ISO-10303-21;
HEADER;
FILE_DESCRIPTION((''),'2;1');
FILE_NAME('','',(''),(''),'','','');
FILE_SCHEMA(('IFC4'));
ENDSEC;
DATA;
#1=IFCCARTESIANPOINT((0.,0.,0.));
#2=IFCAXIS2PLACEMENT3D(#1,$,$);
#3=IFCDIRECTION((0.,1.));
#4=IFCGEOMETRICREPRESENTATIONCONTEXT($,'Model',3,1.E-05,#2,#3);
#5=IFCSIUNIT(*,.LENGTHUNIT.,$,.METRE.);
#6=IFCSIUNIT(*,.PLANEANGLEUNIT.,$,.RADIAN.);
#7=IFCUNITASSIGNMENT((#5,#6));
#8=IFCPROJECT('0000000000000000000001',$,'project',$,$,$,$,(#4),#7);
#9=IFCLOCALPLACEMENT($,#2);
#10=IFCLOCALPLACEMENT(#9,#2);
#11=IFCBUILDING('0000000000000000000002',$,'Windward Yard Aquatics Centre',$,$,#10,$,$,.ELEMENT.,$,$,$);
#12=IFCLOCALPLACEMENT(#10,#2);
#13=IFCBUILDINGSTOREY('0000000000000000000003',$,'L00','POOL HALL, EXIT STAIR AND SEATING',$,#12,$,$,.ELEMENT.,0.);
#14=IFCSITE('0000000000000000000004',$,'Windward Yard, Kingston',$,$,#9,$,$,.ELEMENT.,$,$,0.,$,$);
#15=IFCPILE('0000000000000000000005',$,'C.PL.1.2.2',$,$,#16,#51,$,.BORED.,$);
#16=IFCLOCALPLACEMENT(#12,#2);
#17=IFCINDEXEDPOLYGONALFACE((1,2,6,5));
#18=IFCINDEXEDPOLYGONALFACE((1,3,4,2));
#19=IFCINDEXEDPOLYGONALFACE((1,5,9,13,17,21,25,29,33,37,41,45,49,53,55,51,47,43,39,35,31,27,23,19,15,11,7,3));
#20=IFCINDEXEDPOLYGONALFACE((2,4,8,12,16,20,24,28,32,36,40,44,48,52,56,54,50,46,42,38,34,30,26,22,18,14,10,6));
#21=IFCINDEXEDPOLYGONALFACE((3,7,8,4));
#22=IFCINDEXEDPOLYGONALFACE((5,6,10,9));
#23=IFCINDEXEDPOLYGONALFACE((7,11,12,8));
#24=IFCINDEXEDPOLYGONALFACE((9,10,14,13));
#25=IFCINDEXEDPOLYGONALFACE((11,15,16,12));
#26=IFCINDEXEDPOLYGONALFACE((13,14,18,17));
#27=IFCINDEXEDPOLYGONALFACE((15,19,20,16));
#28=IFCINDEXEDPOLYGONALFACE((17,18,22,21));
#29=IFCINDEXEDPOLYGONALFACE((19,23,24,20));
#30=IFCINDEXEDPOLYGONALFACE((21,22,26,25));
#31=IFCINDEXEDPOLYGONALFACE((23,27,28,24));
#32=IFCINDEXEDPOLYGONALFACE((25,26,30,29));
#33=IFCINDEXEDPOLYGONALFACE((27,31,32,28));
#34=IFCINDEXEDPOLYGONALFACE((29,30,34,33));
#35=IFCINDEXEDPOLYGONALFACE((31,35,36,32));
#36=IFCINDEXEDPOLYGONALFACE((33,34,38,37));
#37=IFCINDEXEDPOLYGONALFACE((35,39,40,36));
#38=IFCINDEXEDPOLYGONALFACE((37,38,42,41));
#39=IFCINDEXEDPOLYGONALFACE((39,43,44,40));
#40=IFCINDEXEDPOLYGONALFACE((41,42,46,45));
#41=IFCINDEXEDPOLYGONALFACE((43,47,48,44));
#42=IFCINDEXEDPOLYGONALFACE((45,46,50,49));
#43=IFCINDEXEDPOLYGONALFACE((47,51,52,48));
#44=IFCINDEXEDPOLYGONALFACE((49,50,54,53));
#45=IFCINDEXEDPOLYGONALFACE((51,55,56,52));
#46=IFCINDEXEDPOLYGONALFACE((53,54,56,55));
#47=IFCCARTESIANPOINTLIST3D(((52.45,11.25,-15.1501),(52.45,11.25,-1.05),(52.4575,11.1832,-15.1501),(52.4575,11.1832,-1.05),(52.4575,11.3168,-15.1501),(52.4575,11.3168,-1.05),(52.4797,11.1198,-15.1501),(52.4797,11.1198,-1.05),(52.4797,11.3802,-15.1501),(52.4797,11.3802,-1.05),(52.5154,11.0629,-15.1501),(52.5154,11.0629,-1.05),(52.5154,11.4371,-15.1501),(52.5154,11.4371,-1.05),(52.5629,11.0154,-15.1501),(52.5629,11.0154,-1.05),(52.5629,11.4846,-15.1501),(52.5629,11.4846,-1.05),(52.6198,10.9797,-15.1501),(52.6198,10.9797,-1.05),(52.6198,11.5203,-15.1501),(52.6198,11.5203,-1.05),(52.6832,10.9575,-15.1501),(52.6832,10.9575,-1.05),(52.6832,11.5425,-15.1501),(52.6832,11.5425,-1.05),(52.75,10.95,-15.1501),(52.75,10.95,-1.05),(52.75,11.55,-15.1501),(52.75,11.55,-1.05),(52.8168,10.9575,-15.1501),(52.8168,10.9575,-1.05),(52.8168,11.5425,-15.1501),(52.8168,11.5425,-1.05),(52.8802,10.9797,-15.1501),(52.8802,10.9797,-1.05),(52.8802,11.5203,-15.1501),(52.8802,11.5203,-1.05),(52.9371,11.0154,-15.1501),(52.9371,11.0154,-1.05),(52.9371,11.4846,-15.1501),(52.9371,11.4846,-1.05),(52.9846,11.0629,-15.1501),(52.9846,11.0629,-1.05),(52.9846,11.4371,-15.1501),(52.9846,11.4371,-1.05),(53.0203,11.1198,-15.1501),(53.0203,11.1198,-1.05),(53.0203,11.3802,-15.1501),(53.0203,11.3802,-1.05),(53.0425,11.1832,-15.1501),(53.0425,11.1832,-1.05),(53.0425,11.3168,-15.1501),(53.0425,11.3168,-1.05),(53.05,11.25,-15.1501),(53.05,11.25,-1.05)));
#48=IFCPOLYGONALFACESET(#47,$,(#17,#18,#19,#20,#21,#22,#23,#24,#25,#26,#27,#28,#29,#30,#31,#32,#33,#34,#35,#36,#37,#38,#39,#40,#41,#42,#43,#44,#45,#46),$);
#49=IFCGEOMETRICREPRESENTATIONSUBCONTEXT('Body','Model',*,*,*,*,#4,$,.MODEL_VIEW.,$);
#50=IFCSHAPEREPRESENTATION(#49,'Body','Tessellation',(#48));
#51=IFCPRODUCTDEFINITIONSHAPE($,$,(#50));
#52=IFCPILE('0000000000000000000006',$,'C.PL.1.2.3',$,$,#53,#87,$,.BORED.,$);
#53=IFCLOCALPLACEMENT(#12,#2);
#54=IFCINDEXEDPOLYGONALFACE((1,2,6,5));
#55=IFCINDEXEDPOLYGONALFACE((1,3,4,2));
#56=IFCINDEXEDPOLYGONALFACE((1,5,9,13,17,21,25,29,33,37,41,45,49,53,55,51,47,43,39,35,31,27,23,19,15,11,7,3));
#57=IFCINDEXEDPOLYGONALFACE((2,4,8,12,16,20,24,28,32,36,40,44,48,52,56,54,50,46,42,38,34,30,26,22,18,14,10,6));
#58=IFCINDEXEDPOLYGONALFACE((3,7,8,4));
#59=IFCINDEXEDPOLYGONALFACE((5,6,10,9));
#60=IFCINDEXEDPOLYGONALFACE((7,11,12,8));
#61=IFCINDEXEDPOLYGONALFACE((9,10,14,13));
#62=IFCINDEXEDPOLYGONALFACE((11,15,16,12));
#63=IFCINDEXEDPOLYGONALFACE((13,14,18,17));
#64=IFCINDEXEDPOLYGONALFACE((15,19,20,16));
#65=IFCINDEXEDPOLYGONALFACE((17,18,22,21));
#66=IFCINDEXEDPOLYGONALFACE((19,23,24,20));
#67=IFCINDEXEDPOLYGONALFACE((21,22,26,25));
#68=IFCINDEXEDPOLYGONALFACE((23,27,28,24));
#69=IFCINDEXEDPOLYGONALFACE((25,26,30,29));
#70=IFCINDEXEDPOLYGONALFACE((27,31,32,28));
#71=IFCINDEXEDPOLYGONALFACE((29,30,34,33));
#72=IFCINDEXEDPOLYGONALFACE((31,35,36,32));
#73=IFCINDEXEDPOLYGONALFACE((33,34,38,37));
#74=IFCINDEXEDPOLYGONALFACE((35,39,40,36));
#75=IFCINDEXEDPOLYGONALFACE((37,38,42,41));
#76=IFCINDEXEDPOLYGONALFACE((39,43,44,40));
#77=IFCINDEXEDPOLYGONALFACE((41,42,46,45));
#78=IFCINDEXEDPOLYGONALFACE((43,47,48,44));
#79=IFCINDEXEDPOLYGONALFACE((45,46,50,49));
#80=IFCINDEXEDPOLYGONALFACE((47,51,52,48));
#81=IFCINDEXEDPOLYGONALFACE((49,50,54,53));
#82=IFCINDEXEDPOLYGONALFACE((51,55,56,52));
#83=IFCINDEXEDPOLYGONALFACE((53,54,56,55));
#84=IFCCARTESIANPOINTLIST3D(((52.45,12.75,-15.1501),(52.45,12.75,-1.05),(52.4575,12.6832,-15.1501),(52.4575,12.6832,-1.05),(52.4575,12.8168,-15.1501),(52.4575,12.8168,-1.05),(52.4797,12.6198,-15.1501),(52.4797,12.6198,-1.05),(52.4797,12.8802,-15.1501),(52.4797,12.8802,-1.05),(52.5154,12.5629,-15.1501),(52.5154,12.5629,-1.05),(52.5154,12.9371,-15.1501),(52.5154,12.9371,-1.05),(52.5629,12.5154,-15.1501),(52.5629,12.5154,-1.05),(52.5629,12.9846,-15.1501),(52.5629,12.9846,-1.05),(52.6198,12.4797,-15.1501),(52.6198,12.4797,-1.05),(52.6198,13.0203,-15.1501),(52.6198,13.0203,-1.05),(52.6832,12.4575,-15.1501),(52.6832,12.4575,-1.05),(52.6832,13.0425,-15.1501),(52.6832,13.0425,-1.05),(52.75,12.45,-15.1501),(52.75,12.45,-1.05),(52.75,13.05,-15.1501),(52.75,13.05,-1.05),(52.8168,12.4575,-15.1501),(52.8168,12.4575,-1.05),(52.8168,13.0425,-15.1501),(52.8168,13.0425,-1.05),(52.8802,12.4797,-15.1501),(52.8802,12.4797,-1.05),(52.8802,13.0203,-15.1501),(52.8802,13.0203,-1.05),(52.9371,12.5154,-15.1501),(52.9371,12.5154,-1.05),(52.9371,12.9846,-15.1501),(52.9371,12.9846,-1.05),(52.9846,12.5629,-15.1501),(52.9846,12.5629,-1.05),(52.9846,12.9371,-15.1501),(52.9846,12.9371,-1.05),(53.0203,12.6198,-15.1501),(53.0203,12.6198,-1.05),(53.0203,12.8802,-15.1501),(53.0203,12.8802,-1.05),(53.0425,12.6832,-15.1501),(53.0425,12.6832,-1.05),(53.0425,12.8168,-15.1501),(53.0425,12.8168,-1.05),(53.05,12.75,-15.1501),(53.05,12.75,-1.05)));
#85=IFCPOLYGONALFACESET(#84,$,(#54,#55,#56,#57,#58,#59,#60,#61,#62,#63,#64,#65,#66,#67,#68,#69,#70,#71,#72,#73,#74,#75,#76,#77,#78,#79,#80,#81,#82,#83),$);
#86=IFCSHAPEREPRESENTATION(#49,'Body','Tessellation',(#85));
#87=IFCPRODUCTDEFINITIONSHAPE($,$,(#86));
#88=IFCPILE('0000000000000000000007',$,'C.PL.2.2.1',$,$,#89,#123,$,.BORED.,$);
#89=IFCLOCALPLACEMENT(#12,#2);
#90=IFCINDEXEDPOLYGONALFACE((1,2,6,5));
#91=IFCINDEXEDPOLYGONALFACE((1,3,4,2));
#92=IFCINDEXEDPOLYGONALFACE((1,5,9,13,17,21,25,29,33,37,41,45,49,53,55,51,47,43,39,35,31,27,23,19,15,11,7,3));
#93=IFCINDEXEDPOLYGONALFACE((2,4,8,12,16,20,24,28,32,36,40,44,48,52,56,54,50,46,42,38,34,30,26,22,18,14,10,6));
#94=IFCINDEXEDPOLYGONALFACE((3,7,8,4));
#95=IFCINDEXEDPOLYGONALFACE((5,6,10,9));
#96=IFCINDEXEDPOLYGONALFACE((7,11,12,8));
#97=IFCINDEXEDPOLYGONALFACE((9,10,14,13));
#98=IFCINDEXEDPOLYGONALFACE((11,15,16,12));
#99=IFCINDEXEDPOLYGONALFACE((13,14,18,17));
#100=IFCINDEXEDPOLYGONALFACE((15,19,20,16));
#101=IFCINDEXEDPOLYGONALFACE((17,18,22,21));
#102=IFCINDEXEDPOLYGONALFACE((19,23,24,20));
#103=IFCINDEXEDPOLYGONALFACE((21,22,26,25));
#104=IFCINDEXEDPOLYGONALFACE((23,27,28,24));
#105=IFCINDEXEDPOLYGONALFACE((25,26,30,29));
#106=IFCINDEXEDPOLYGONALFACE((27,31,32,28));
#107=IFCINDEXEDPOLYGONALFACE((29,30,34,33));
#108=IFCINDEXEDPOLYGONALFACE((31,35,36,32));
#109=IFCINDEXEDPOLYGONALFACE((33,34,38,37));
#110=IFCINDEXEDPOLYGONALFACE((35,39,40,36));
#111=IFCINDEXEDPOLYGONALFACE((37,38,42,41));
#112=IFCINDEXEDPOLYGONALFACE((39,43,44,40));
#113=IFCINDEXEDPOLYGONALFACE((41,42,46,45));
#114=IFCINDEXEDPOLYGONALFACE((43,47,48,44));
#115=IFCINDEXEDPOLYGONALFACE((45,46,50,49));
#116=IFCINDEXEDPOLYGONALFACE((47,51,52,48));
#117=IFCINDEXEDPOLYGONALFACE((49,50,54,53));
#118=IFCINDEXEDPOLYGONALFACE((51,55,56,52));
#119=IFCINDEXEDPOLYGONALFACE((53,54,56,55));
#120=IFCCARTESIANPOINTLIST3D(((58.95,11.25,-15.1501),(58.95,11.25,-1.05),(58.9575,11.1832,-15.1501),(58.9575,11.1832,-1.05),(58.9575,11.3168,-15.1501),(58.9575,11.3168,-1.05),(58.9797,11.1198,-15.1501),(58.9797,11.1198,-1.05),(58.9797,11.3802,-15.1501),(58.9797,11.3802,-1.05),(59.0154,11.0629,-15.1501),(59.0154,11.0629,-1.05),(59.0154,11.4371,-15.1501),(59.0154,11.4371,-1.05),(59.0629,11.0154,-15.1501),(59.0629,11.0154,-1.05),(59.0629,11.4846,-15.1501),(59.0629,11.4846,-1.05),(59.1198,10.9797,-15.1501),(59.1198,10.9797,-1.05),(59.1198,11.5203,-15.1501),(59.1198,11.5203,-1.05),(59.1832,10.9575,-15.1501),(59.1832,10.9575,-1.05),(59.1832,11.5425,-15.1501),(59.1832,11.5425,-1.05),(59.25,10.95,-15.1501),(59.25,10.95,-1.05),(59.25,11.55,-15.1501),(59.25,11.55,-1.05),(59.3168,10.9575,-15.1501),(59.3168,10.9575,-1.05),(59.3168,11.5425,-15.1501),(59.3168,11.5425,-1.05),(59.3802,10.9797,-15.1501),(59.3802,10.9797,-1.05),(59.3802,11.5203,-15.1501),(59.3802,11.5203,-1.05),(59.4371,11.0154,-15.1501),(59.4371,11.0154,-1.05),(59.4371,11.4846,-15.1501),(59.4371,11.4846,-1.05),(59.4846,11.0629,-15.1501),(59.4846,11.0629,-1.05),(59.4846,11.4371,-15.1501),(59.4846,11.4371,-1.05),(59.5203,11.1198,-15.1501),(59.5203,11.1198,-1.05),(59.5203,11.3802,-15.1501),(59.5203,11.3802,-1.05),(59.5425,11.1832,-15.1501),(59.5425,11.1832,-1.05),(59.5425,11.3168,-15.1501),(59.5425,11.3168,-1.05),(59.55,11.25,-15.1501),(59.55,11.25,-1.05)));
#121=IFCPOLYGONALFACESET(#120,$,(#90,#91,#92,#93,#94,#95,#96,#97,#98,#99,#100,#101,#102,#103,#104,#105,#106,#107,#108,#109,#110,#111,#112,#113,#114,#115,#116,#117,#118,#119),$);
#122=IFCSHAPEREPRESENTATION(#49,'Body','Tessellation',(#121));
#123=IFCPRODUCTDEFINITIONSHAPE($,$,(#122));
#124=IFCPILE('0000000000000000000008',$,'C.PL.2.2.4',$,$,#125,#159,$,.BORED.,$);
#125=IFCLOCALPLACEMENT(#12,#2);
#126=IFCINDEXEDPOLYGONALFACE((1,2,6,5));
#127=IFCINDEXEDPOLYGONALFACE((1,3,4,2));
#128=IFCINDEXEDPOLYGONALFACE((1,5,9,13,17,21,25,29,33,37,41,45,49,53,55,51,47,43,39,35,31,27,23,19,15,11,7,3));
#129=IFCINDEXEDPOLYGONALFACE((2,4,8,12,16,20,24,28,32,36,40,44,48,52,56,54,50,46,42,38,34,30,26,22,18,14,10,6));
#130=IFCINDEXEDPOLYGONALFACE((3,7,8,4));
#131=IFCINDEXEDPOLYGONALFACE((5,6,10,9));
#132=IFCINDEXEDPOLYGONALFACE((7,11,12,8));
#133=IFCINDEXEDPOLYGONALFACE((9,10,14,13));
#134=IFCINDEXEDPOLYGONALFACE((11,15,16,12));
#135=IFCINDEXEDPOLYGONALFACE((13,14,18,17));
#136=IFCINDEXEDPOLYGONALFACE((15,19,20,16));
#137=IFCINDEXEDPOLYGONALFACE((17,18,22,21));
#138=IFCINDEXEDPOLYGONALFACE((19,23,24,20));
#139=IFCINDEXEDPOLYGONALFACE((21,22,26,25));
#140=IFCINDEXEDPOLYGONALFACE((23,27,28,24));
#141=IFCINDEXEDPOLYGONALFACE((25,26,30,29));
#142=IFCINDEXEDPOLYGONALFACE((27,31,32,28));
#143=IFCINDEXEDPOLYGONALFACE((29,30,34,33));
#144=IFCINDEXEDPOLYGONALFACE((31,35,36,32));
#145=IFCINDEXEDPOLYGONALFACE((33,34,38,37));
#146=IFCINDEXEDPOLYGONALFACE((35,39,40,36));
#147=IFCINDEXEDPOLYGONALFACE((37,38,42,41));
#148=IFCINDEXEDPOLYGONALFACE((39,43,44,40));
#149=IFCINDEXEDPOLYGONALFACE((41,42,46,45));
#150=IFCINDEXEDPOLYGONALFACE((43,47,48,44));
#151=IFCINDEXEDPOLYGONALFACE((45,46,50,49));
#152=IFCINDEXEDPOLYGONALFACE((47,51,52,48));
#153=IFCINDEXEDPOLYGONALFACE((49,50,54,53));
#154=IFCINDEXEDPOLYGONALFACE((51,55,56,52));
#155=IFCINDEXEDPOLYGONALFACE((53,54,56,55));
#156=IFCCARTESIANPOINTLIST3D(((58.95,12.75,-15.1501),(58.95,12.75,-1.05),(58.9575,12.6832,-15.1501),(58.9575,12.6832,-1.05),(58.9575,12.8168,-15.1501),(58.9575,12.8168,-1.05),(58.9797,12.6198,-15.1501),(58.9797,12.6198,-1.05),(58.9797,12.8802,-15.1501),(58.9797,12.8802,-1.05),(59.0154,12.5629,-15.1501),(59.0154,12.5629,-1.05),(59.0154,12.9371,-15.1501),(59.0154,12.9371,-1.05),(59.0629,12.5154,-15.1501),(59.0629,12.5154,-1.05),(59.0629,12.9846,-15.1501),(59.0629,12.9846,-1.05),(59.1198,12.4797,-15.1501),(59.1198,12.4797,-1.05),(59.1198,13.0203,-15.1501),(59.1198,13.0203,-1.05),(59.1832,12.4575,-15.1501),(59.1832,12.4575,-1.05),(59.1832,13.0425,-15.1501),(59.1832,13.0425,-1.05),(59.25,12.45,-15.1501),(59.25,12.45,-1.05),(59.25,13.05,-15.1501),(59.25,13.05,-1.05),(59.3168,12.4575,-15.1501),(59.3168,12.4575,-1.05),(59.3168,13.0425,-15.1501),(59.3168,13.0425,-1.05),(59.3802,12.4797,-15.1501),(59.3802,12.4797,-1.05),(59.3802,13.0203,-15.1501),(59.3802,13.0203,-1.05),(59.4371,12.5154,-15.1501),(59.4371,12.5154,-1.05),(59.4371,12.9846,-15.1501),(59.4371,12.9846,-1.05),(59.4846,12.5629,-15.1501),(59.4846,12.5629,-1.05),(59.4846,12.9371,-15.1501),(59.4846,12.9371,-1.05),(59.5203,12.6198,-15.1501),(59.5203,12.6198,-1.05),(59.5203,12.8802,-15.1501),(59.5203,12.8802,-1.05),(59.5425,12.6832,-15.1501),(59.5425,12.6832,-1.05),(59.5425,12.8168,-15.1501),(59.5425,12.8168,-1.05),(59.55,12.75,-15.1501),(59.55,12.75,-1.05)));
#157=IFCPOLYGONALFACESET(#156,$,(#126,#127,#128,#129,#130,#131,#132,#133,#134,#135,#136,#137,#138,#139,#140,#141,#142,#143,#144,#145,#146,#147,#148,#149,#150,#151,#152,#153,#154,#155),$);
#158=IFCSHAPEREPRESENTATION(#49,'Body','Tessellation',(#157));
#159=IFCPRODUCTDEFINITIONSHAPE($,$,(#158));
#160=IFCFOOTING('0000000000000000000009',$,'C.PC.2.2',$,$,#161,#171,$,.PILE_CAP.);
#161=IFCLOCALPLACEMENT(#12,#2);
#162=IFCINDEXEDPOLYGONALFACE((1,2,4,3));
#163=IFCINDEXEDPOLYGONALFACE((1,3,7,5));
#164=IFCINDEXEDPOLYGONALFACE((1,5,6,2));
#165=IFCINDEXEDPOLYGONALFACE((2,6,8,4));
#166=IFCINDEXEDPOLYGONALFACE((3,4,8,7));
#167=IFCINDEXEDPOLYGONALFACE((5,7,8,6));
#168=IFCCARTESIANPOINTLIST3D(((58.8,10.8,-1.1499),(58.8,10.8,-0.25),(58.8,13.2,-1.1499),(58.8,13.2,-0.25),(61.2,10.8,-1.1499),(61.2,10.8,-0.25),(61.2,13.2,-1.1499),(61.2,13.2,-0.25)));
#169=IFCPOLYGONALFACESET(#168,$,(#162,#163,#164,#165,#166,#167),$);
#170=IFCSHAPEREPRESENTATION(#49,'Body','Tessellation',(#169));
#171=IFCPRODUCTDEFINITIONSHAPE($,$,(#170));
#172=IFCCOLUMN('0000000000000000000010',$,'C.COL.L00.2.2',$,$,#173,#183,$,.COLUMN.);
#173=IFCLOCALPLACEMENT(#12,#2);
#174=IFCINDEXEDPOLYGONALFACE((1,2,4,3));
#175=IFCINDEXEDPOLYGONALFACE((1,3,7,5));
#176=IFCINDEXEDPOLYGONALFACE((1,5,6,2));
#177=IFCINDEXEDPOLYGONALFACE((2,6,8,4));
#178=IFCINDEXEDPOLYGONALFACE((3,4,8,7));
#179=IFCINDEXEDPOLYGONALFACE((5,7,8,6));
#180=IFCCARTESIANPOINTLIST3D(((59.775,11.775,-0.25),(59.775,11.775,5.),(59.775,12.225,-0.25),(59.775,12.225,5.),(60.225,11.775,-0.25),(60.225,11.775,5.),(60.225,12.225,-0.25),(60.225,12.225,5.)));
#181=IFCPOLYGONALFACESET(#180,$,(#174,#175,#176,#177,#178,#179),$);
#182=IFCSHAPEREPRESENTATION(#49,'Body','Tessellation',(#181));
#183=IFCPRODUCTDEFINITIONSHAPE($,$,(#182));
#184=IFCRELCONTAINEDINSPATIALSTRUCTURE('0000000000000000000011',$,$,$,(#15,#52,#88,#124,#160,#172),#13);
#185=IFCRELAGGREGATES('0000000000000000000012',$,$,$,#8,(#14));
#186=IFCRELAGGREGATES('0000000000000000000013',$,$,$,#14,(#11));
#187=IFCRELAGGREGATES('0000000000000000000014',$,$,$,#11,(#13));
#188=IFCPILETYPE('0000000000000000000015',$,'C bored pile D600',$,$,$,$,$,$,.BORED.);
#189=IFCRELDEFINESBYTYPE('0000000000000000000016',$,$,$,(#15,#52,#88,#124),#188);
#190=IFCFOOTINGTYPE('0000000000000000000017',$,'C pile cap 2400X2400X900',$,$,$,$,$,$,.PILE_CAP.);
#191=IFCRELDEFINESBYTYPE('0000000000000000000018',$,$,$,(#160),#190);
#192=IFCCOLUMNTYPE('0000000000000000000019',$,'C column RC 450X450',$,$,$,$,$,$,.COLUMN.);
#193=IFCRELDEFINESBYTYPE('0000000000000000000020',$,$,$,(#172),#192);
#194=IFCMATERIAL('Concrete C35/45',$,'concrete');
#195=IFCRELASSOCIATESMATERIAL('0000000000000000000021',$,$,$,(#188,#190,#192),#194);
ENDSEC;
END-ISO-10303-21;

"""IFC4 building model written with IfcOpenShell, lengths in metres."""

from ifc_helpers import new_model, si_unit, direction, frame, origin, origin_2d, place, context, subcontext, project, spatial, rectangle, circle, extrude, material, material_profile, profile_set, type_object, element, save


model = new_model("IFC4")

# Units and contexts
model_context = context("Model", 3, precision=1e-05, world=origin(), true_north=direction((0.0, 1.0)))
body_context = subcontext(model_context, "Body", "Model", "MODEL_VIEW")
ifc_project = project(units=[si_unit("LENGTHUNIT", "METRE"), si_unit("PLANEANGLEUNIT", "RADIAN")], contexts=[model_context])

# Site, building, storey
site_placement = place(None, origin())
site = spatial("IfcSite", under=ifc_project, at=site_placement, Name="Windward Yard, Kingston", CompositionType="ELEMENT", RefElevation=0.0)
building_placement = place(site_placement, origin())
building = spatial("IfcBuilding", under=site, at=building_placement, Name="Windward Yard Aquatics Centre", CompositionType="ELEMENT")
storey_placement = place(building_placement, origin())
storey = spatial("IfcBuildingStorey", under=building, at=storey_placement, Name="L00", Description="POOL HALL, EXIT STAIR AND SEATING", CompositionType="ELEMENT", Elevation=0.0)

# Piles
ifc_material_1 = material(Name="Concrete C35/45", Category="concrete")
ifc_material_profile_1 = material_profile(ifc_material_1, circle(Radius=0.3, at=origin_2d()), Name="RC D600")
ifc_profile_set_1 = profile_set([ifc_material_profile_1], Name="Concrete C35/45")
pile_type = type_object("IfcPileType", Name="C bored pile D600", PredefinedType="BORED", material=ifc_profile_set_1)
for number, where, z_axis, x_axis, name in (
    (1, (52.75, 11.25, -1.05), (0.0, 0.0, -1.0), (1.0, 0.0, 0.0), "C.PL.1.2.2"),
    (2, (52.75, 12.75, -1.05), (0.0, 0.0, -1.0), (1.0, 0.0, 0.0), "C.PL.1.2.3"),
    (3, (59.25, 11.25, -1.05), (0.0, 0.0, -1.0), (1.0, 0.0, 0.0), "C.PL.2.2.1"),
    (4, (59.25, 12.75, -1.05), (0.0, 0.0, -1.0), (1.0, 0.0, 0.0), "C.PL.2.2.4"),
):
    element("IfcPile", number, at=place(storey_placement, frame(where, z_axis=z_axis, x_axis=x_axis)), inside=storey, type_object=pile_type, Name=name, PredefinedType="BORED", context=body_context, shape_type="SweptSolid", body=[
        extrude(circle(Radius=0.3, at=origin_2d()), origin(), (0.0, 0.0, 1.0), 14.1001),
    ])

# Footing
footing_type = type_object("IfcFootingType", Name="C pile cap 2400X2400X900", PredefinedType="PILE_CAP", material=ifc_material_1)
footing_placement = place(storey_placement, frame((60.0, 12.0, -1.1499), z_axis=(0.0, 0.0, 1.0), x_axis=(1.0, 0.0, 0.0)))
element("IfcFooting", 5, at=footing_placement, inside=storey, type_object=footing_type, Name="C.PC.2.2", PredefinedType="PILE_CAP", context=body_context, shape_type="SweptSolid", body=[
    extrude(rectangle(XDim=2.3999, YDim=2.3999, at=origin_2d()), origin(), (0.0, 0.0, 1.0), 0.8999),
])

# Column
ifc_material_profile_2 = material_profile(ifc_material_1, rectangle(XDim=0.45, YDim=0.45, at=origin_2d()), Name="RC 450X450")
ifc_profile_set_2 = profile_set([ifc_material_profile_2], Name="Concrete C35/45")
column_type = type_object("IfcColumnType", Name="C column RC 450X450", PredefinedType="COLUMN", material=ifc_profile_set_2)
column_placement = place(storey_placement, frame((60.0, 12.0, -0.25), z_axis=(0.0, 0.0, 1.0), x_axis=(1.0, 0.0, 0.0)))
element("IfcColumn", 6, at=column_placement, inside=storey, type_object=column_type, Name="C.COL.L00.2.2", PredefinedType="COLUMN", context=body_context, shape_type="SweptSolid", body=[
    extrude(rectangle(XDim=0.45, YDim=0.45, at=origin_2d()), origin(), (0.0, 0.0, 1.0), 5.25),
])

save(model, "model.ifc")
